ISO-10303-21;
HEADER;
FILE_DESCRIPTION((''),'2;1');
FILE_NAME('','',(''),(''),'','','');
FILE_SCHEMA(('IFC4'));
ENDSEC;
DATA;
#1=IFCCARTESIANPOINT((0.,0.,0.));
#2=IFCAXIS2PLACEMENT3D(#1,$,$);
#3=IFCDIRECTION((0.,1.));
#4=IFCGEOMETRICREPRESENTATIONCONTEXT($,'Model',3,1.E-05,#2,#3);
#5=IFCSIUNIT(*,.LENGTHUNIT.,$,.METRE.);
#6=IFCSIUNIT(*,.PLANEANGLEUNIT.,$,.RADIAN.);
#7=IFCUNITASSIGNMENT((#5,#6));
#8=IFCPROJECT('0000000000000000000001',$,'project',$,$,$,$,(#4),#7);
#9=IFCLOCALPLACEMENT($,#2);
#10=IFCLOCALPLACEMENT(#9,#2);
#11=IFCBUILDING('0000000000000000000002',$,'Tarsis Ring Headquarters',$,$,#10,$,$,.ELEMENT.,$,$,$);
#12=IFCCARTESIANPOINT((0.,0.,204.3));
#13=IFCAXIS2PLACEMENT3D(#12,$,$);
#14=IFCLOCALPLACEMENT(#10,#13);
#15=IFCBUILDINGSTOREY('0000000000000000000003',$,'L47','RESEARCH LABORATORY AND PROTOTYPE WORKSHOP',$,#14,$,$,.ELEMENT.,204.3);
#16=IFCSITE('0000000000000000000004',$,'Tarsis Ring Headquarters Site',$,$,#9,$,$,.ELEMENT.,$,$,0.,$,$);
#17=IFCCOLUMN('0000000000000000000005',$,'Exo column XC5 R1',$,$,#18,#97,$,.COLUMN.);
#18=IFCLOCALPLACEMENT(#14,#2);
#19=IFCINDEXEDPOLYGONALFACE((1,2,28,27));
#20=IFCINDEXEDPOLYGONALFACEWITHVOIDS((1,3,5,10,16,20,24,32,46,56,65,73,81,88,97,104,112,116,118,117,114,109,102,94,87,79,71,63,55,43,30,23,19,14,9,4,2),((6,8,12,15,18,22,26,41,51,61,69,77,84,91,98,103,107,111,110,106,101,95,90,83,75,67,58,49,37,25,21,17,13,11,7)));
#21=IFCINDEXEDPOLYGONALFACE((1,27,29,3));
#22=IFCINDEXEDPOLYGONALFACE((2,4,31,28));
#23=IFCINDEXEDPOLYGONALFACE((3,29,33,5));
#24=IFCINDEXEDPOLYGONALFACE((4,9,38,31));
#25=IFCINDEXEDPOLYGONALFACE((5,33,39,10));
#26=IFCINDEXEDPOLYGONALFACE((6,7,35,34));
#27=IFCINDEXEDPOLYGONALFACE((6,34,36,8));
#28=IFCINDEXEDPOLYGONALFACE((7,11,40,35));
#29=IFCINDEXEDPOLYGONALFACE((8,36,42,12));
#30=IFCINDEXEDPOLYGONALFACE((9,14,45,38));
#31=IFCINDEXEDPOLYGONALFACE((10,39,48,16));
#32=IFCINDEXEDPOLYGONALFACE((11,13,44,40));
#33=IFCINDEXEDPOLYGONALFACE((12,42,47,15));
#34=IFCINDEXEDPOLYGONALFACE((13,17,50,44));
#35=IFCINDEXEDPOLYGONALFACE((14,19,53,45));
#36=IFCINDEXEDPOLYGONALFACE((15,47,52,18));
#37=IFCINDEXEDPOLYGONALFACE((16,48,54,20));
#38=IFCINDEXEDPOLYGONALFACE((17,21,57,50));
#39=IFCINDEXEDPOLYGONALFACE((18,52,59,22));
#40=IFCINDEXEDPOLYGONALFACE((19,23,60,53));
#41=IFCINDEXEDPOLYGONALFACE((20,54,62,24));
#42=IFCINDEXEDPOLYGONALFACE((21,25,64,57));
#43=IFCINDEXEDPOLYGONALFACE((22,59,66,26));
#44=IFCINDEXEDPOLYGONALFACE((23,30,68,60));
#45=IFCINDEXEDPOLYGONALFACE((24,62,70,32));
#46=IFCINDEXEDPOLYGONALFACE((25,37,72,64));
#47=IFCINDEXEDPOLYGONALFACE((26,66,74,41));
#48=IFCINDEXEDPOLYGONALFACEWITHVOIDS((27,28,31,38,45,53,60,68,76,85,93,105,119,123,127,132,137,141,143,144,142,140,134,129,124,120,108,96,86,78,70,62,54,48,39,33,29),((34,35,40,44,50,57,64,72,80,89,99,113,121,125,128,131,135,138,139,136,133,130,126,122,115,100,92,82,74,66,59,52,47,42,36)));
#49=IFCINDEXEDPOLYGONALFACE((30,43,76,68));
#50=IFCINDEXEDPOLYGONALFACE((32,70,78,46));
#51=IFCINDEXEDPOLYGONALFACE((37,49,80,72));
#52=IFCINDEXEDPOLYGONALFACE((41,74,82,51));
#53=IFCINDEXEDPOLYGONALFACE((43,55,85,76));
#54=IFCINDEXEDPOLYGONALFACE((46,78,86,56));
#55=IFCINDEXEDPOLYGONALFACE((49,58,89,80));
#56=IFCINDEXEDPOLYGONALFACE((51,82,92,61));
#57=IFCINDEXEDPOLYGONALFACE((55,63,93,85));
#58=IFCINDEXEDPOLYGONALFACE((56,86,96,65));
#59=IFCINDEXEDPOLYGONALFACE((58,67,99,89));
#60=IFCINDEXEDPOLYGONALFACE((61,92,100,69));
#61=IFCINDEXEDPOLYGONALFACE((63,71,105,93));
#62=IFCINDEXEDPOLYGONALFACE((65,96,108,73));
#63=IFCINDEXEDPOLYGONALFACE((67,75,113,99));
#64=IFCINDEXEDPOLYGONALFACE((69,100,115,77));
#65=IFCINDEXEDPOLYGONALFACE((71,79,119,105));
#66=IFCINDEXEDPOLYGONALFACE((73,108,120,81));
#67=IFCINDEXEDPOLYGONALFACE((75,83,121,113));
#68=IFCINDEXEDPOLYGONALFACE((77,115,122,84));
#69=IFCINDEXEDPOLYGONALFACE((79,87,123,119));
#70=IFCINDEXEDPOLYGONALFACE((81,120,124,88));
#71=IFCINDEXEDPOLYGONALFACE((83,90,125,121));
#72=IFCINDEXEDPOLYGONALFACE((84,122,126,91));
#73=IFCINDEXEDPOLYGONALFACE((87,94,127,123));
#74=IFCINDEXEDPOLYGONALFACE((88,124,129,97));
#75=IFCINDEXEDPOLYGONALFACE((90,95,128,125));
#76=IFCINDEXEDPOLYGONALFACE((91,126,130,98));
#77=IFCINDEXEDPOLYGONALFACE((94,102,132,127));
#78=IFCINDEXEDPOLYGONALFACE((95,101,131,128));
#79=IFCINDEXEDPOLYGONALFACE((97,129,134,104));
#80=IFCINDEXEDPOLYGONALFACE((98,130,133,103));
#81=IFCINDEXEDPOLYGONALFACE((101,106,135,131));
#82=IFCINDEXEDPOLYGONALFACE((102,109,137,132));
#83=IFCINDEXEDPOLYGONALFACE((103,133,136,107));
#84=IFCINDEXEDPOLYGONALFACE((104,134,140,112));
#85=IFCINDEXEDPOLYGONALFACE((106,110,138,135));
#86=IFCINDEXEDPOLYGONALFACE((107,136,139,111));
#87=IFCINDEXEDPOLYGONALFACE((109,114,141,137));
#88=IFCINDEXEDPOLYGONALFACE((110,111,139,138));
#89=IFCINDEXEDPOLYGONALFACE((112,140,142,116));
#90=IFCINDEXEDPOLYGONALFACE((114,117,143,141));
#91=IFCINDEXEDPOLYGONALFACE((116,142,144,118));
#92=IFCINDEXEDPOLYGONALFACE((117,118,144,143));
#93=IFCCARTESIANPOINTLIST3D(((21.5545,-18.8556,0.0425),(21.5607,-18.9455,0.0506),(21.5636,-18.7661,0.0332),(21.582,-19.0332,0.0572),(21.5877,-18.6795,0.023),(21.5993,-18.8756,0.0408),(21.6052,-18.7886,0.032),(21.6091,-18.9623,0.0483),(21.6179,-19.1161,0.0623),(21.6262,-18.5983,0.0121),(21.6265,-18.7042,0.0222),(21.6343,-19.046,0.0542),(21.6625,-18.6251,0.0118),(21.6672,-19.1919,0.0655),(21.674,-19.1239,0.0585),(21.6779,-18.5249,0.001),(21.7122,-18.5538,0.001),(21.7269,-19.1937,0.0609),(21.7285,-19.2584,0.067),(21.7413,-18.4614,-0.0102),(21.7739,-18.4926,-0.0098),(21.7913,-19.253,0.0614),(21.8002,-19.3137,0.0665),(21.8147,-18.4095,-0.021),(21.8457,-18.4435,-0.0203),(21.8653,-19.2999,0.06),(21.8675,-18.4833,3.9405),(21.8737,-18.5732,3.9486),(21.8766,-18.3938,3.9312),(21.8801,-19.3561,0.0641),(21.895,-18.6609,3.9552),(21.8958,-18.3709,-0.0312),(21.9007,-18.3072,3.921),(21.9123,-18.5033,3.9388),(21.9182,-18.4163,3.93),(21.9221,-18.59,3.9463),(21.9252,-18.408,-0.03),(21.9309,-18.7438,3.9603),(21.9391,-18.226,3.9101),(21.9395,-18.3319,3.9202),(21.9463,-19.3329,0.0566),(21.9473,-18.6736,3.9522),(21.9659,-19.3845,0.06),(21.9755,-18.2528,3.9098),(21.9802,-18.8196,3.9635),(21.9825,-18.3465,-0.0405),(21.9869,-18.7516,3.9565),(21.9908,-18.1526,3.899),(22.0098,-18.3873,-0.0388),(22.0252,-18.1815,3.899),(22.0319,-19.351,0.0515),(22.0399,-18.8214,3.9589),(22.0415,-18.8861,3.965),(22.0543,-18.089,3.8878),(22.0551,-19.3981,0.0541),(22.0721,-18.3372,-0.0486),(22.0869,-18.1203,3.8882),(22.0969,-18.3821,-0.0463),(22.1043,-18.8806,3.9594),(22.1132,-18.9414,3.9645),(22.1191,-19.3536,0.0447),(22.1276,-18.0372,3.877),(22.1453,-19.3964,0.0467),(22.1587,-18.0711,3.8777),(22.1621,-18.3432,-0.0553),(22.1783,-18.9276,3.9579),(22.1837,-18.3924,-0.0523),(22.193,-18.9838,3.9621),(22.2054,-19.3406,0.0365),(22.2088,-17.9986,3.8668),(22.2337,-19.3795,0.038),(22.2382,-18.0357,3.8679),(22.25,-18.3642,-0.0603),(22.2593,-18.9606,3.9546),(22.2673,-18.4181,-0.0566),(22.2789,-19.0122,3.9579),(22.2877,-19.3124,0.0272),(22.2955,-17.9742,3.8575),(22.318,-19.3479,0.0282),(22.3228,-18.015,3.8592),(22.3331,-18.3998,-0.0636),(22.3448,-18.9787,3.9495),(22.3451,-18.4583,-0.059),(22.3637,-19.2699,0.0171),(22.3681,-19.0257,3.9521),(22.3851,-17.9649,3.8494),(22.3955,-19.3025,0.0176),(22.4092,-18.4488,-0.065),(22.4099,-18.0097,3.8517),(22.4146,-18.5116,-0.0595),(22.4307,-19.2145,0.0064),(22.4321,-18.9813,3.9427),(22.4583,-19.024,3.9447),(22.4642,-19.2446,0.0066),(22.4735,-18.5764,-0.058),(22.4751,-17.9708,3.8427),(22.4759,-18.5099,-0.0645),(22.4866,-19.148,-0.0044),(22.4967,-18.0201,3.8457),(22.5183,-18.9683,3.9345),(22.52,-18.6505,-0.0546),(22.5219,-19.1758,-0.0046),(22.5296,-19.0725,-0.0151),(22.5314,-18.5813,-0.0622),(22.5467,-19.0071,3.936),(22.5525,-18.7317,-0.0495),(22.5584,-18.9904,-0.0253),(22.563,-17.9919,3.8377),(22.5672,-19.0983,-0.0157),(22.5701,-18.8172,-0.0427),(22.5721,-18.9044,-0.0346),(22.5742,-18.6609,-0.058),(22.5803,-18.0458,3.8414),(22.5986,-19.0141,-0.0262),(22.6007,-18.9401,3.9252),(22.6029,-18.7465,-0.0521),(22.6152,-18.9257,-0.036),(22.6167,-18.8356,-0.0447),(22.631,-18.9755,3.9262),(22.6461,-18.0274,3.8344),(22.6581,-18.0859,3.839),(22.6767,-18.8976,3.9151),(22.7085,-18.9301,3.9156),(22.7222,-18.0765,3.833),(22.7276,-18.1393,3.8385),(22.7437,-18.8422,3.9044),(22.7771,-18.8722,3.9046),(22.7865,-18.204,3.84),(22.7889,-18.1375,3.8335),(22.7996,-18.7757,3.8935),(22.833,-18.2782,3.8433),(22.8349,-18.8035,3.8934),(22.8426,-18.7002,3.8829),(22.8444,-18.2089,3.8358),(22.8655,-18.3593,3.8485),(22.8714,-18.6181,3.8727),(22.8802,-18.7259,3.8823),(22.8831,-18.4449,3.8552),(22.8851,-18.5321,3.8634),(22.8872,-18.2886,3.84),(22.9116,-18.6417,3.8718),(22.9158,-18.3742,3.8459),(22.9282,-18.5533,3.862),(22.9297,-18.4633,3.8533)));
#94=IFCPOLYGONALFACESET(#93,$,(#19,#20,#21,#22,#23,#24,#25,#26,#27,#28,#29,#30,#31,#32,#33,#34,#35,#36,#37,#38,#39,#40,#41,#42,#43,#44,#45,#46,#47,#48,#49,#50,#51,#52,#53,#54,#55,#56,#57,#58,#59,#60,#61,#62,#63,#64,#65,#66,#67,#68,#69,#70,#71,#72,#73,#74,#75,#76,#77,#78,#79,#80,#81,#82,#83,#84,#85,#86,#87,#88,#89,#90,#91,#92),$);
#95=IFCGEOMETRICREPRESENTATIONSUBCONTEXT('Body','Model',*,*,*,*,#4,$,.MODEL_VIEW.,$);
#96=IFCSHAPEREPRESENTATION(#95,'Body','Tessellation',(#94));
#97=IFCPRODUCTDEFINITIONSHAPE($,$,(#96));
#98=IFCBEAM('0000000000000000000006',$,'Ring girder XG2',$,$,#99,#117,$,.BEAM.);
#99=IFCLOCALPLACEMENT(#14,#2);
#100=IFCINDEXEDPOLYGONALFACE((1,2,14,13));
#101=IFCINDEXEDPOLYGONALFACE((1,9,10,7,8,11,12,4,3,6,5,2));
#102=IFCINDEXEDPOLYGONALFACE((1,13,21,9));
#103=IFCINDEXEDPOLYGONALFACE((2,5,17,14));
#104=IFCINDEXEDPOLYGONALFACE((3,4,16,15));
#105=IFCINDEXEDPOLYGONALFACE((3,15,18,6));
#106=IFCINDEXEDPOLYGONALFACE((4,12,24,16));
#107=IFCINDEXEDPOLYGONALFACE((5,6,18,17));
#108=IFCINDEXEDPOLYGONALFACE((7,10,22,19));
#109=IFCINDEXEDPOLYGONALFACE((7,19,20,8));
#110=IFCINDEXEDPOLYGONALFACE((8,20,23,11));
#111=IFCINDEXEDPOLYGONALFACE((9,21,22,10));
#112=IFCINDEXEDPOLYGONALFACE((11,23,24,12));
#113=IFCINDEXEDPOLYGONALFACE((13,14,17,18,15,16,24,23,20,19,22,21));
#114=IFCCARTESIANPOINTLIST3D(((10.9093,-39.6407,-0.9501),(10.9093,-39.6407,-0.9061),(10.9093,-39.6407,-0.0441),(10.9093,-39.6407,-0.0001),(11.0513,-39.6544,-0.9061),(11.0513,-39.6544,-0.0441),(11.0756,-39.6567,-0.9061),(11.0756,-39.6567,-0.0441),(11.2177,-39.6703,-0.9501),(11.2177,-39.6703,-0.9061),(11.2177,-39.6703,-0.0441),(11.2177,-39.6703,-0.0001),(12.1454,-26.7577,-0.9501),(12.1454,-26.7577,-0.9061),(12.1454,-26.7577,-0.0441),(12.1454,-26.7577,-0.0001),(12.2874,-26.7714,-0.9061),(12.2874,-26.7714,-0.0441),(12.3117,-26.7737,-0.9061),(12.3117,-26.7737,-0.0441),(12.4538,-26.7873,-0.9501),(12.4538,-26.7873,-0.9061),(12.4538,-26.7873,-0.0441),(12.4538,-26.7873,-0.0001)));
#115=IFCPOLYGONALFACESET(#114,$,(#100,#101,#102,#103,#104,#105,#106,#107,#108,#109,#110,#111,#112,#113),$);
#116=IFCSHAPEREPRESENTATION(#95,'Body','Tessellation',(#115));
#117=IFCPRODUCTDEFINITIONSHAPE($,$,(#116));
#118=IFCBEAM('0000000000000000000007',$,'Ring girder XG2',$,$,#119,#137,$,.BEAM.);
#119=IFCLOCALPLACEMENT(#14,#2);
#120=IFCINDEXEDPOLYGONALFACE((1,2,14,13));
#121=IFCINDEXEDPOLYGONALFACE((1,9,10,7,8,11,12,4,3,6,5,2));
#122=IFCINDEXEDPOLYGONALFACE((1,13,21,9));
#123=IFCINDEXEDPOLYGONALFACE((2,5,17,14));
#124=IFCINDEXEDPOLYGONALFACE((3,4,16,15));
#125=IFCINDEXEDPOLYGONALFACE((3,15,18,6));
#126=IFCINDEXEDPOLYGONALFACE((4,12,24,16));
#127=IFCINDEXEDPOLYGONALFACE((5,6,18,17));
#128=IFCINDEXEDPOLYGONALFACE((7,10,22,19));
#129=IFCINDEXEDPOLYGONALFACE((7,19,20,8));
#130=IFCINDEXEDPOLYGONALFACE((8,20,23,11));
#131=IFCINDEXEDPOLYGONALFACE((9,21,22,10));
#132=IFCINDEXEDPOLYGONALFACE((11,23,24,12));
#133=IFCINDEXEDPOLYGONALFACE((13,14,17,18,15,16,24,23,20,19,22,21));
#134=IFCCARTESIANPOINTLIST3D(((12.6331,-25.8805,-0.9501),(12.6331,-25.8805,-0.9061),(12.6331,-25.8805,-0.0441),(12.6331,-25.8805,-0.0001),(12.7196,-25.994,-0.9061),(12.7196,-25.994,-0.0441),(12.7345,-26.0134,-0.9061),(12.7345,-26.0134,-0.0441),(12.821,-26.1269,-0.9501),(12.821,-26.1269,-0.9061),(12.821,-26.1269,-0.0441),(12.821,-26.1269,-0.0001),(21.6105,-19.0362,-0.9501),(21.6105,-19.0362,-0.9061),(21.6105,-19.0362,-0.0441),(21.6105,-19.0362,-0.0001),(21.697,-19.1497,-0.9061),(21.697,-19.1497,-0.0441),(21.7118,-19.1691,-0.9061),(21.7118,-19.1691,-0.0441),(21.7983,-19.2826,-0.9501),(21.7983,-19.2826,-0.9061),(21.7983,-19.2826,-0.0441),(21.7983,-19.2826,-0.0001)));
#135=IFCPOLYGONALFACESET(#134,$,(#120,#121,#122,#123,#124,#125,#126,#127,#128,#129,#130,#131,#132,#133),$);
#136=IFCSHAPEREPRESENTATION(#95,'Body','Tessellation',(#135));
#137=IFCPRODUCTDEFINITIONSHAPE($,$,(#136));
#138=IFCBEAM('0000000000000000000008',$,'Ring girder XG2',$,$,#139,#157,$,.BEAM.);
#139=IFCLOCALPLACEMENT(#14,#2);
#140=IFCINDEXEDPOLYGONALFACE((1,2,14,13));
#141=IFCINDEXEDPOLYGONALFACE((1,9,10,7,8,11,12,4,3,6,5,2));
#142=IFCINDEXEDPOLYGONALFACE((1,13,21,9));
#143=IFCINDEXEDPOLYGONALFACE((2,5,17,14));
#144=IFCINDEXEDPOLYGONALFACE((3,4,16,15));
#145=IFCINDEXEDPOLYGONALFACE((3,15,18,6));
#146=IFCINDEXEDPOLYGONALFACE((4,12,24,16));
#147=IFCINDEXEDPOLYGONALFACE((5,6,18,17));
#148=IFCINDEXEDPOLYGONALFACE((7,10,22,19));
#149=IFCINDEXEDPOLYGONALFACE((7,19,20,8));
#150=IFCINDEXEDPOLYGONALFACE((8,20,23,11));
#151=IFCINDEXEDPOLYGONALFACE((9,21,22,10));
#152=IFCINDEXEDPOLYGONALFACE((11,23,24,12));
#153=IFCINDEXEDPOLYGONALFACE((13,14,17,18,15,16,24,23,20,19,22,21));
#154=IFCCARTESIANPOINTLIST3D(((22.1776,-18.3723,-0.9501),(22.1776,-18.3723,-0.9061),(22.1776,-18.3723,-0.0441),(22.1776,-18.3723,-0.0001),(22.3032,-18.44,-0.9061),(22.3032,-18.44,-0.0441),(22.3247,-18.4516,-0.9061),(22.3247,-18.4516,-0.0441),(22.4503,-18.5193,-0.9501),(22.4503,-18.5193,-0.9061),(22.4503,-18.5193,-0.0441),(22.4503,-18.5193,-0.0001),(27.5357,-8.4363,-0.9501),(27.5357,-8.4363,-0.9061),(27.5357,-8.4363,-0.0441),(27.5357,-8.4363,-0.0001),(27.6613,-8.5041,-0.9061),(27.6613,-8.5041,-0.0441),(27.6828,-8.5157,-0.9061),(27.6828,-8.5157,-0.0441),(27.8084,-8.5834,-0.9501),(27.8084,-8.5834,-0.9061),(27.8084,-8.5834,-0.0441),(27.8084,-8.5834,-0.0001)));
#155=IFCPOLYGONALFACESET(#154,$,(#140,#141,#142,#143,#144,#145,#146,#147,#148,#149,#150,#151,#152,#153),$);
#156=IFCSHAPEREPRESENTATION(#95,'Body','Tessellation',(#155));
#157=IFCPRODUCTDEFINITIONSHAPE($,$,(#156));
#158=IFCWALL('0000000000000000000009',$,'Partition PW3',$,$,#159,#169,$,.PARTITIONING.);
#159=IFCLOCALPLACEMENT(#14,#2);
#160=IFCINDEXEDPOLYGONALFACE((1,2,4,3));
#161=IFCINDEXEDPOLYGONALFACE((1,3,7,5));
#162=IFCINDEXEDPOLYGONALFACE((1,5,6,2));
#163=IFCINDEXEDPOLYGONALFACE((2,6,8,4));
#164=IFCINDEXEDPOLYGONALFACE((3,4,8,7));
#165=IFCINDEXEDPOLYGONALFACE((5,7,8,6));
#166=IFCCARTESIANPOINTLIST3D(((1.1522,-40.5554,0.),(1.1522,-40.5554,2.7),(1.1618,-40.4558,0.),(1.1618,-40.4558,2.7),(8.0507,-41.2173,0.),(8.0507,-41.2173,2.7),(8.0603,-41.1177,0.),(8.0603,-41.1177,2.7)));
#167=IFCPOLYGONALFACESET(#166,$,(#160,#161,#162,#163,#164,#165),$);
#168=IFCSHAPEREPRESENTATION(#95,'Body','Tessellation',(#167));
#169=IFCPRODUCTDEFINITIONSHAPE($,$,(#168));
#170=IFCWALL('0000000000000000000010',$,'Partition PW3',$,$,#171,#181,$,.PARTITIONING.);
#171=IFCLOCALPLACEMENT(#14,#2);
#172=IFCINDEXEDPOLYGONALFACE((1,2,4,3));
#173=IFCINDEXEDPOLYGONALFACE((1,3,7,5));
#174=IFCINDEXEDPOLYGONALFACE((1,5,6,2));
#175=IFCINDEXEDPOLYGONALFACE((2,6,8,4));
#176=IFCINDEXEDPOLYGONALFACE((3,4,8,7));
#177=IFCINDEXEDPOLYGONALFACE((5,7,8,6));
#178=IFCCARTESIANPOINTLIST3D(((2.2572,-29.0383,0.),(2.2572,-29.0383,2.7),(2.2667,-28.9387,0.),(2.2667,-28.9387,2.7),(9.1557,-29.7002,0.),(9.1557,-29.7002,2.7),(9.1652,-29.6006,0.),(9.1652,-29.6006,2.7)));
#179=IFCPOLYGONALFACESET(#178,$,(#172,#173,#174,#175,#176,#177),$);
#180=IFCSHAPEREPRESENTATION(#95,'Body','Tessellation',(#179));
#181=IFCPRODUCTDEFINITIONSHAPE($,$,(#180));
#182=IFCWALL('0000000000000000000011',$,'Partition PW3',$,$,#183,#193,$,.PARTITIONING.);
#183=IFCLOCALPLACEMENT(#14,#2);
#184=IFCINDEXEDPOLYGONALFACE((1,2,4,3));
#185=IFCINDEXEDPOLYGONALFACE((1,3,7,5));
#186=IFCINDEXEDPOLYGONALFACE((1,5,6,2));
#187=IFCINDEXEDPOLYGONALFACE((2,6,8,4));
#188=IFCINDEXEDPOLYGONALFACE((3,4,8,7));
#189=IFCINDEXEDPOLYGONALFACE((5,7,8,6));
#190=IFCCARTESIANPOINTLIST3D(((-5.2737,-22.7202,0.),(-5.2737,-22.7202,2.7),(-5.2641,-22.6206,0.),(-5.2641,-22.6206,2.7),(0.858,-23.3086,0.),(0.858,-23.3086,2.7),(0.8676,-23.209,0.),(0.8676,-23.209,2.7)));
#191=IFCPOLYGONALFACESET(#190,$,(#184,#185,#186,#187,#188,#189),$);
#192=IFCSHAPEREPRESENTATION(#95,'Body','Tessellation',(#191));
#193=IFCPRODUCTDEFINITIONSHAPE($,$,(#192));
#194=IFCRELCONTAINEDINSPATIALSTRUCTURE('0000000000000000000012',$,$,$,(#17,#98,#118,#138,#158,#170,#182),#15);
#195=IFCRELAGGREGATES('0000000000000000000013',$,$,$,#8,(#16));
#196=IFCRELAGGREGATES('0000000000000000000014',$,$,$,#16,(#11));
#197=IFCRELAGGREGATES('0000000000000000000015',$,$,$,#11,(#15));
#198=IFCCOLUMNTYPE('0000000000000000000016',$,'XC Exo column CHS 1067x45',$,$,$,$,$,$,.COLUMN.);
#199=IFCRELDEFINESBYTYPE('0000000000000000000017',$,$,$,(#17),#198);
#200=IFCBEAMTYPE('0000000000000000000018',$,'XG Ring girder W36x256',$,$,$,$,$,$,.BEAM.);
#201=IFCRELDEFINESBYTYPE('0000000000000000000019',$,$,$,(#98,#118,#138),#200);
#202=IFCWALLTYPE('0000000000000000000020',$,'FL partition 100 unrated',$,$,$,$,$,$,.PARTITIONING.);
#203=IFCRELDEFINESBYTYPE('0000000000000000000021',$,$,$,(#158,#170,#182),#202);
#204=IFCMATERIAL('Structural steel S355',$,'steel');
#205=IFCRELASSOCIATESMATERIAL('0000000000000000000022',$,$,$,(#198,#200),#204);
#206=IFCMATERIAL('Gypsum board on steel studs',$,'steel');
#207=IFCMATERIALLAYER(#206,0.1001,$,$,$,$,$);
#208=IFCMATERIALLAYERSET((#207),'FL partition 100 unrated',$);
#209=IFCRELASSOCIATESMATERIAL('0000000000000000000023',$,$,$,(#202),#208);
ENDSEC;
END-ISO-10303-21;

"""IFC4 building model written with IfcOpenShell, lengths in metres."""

from ifc_helpers import new_model, si_unit, direction, frame, frame_2d, origin, origin_2d, place, context, subcontext, project, spatial, rectangle, hollow_circle, i_section, extrude, material, layer, layer_set, material_profile, profile_set, type_object, element, save


model = new_model("IFC4")

# Units and contexts
model_context = context("Model", 3, precision=1e-05, world=origin(), true_north=direction((0.0, 1.0)))
body_context = subcontext(model_context, "Body", "Model", "MODEL_VIEW")
ifc_project = project(units=[si_unit("LENGTHUNIT", "METRE"), si_unit("PLANEANGLEUNIT", "RADIAN")], contexts=[model_context])

# Site, building, storey
site_placement = place(None, origin())
site = spatial("IfcSite", under=ifc_project, at=site_placement, Name="Tarsis Ring Headquarters Site", CompositionType="ELEMENT", RefElevation=0.0)
building_placement = place(site_placement, origin())
building = spatial("IfcBuilding", under=site, at=building_placement, Name="Tarsis Ring Headquarters", CompositionType="ELEMENT")
storey_placement = place(building_placement, frame((0.0, 0.0, 204.3)))
storey = spatial("IfcBuildingStorey", under=building, at=storey_placement, Name="L47", Description="RESEARCH LABORATORY AND PROTOTYPE WORKSHOP", CompositionType="ELEMENT", Elevation=204.3)

# Column
ifc_material_1 = material(Name="Structural steel S355", Category="steel")
ifc_material_profile_1 = material_profile(ifc_material_1, hollow_circle(Radius=0.5334, WallThickness=0.0449, at=origin_2d()), Name="CHS 1067x45")
ifc_profile_set_1 = profile_set([ifc_material_profile_1], Name="Structural steel S355")
column_type = type_object("IfcColumnType", Name="XC Exo column CHS 1067x45", PredefinedType="COLUMN", material=ifc_profile_set_1)
for number, where, z_axis, x_axis, name in (
    (1, (22.0862, -18.8682, 0.001), (0.079678, 0.09478, 0.992304), (-0.765458, 0.643486, 0.0), "Exo column XC5 R1"),
):
    element("IfcColumn", number, at=place(storey_placement, frame(where, z_axis=z_axis, x_axis=x_axis)), inside=storey, type_object=column_type, Name=name, PredefinedType="COLUMN", context=body_context, shape_type="SweptSolid", body=[
        extrude(hollow_circle(Radius=0.5334, WallThickness=0.0449, at=origin_2d()), origin(), (0.0, 0.0, 1.0), 3.9282),
    ])

# Beams
ifc_material_profile_2 = material_profile(ifc_material_1, i_section(OverallWidth=0.3098, OverallDepth=0.95, WebThickness=0.0244, FlangeThickness=0.0439, at=origin_2d()), Name="W36x256")
ifc_profile_set_2 = profile_set([ifc_material_profile_2], Name="Structural steel S355")
beam_type = type_object("IfcBeamType", Name="XG Ring girder W36x256", PredefinedType="BEAM", material=ifc_profile_set_2)
beam_1_placement = place(storey_placement, frame((11.0635, -39.6555, -0.4751), z_axis=(0.095508, 0.995429, 0.0), x_axis=(-0.995429, 0.095508, 0.0)))
element("IfcBeam", 2, at=beam_1_placement, inside=storey, type_object=beam_type, Name="Ring girder XG2", PredefinedType="BEAM", context=body_context, shape_type="SweptSolid", body=[
    extrude(i_section(OverallWidth=0.3098, OverallDepth=0.95, WebThickness=0.0244, FlangeThickness=0.0439, at=origin_2d()), origin(), (0.0, 0.0, 1.0), 12.9421),
])
beam_2_placement = place(storey_placement, frame((12.7271, -26.0037, -0.4751), z_axis=(0.795244, 0.606289, 0.0), x_axis=(-0.606289, 0.795244, 0.0)))
element("IfcBeam", 3, at=beam_2_placement, inside=storey, type_object=beam_type, Name="Ring girder XG2", PredefinedType="BEAM", context=body_context, shape_type="SweptSolid", body=[
    extrude(i_section(OverallWidth=0.3098, OverallDepth=0.95, WebThickness=0.0244, FlangeThickness=0.0439, at=origin_2d()), origin(), (0.0, 0.0, 1.0), 11.2888),
])
beam_3_placement = place(storey_placement, frame((22.314, -18.4458, -0.4751), z_axis=(0.474648, 0.880176, 0.0), x_axis=(-0.880176, 0.474648, 0.0)))
element("IfcBeam", 4, at=beam_3_placement, inside=storey, type_object=beam_type, Name="Ring girder XG2", PredefinedType="BEAM", context=body_context, shape_type="SweptSolid", body=[
    extrude(i_section(OverallWidth=0.3098, OverallDepth=0.95, WebThickness=0.0244, FlangeThickness=0.0439, at=origin_2d()), origin(), (0.0, 0.0, 1.0), 11.2886),
])

# Walls
ifc_material_2 = material(Name="Gypsum board on steel studs", Category="steel")
ifc_layer_1 = layer(ifc_material_2, 0.1001)
ifc_layer_set_1 = layer_set([ifc_layer_1], Name="FL partition 100 unrated")
wall_type_1 = type_object("IfcWallType", Name="FL partition 100 unrated", PredefinedType="PARTITIONING", material=ifc_layer_set_1)
for number, where, z_axis, x_axis, name in (
    (5, (1.157, -40.5056, 0.0), (0.0, 0.0, 1.0), (0.995429, -0.095506, 0.0), "Partition PW3"),
    (6, (2.262, -28.9885, 0.0), (0.0, 0.0, 1.0), (0.995429, -0.095506, 0.0), "Partition PW3"),
):
    element("IfcWall", number, at=place(storey_placement, frame(where, z_axis=z_axis, x_axis=x_axis)), inside=storey, type_object=wall_type_1, Name=name, PredefinedType="PARTITIONING", context=body_context, shape_type="SweptSolid", body=[
        extrude(rectangle(XDim=6.9302, YDim=0.1001, at=frame_2d((3.4651, 0.0))), origin(), (0.0, 0.0, 1.0), 2.7),
    ])
wall_1_placement = place(storey_placement, frame((-5.269, -22.6704, 0.0), z_axis=(0.0, 0.0, 1.0), x_axis=(0.995428, -0.095516, 0.0)))
element("IfcWall", 7, at=wall_1_placement, inside=storey, type_object=wall_type_1, Name="Partition PW3", PredefinedType="PARTITIONING", context=body_context, shape_type="SweptSolid", body=[
    extrude(rectangle(XDim=6.1599, YDim=0.1001, at=frame_2d((3.0801, 0.0))), origin(), (0.0, 0.0, 1.0), 2.7),
])

save(model, "model.ifc")
